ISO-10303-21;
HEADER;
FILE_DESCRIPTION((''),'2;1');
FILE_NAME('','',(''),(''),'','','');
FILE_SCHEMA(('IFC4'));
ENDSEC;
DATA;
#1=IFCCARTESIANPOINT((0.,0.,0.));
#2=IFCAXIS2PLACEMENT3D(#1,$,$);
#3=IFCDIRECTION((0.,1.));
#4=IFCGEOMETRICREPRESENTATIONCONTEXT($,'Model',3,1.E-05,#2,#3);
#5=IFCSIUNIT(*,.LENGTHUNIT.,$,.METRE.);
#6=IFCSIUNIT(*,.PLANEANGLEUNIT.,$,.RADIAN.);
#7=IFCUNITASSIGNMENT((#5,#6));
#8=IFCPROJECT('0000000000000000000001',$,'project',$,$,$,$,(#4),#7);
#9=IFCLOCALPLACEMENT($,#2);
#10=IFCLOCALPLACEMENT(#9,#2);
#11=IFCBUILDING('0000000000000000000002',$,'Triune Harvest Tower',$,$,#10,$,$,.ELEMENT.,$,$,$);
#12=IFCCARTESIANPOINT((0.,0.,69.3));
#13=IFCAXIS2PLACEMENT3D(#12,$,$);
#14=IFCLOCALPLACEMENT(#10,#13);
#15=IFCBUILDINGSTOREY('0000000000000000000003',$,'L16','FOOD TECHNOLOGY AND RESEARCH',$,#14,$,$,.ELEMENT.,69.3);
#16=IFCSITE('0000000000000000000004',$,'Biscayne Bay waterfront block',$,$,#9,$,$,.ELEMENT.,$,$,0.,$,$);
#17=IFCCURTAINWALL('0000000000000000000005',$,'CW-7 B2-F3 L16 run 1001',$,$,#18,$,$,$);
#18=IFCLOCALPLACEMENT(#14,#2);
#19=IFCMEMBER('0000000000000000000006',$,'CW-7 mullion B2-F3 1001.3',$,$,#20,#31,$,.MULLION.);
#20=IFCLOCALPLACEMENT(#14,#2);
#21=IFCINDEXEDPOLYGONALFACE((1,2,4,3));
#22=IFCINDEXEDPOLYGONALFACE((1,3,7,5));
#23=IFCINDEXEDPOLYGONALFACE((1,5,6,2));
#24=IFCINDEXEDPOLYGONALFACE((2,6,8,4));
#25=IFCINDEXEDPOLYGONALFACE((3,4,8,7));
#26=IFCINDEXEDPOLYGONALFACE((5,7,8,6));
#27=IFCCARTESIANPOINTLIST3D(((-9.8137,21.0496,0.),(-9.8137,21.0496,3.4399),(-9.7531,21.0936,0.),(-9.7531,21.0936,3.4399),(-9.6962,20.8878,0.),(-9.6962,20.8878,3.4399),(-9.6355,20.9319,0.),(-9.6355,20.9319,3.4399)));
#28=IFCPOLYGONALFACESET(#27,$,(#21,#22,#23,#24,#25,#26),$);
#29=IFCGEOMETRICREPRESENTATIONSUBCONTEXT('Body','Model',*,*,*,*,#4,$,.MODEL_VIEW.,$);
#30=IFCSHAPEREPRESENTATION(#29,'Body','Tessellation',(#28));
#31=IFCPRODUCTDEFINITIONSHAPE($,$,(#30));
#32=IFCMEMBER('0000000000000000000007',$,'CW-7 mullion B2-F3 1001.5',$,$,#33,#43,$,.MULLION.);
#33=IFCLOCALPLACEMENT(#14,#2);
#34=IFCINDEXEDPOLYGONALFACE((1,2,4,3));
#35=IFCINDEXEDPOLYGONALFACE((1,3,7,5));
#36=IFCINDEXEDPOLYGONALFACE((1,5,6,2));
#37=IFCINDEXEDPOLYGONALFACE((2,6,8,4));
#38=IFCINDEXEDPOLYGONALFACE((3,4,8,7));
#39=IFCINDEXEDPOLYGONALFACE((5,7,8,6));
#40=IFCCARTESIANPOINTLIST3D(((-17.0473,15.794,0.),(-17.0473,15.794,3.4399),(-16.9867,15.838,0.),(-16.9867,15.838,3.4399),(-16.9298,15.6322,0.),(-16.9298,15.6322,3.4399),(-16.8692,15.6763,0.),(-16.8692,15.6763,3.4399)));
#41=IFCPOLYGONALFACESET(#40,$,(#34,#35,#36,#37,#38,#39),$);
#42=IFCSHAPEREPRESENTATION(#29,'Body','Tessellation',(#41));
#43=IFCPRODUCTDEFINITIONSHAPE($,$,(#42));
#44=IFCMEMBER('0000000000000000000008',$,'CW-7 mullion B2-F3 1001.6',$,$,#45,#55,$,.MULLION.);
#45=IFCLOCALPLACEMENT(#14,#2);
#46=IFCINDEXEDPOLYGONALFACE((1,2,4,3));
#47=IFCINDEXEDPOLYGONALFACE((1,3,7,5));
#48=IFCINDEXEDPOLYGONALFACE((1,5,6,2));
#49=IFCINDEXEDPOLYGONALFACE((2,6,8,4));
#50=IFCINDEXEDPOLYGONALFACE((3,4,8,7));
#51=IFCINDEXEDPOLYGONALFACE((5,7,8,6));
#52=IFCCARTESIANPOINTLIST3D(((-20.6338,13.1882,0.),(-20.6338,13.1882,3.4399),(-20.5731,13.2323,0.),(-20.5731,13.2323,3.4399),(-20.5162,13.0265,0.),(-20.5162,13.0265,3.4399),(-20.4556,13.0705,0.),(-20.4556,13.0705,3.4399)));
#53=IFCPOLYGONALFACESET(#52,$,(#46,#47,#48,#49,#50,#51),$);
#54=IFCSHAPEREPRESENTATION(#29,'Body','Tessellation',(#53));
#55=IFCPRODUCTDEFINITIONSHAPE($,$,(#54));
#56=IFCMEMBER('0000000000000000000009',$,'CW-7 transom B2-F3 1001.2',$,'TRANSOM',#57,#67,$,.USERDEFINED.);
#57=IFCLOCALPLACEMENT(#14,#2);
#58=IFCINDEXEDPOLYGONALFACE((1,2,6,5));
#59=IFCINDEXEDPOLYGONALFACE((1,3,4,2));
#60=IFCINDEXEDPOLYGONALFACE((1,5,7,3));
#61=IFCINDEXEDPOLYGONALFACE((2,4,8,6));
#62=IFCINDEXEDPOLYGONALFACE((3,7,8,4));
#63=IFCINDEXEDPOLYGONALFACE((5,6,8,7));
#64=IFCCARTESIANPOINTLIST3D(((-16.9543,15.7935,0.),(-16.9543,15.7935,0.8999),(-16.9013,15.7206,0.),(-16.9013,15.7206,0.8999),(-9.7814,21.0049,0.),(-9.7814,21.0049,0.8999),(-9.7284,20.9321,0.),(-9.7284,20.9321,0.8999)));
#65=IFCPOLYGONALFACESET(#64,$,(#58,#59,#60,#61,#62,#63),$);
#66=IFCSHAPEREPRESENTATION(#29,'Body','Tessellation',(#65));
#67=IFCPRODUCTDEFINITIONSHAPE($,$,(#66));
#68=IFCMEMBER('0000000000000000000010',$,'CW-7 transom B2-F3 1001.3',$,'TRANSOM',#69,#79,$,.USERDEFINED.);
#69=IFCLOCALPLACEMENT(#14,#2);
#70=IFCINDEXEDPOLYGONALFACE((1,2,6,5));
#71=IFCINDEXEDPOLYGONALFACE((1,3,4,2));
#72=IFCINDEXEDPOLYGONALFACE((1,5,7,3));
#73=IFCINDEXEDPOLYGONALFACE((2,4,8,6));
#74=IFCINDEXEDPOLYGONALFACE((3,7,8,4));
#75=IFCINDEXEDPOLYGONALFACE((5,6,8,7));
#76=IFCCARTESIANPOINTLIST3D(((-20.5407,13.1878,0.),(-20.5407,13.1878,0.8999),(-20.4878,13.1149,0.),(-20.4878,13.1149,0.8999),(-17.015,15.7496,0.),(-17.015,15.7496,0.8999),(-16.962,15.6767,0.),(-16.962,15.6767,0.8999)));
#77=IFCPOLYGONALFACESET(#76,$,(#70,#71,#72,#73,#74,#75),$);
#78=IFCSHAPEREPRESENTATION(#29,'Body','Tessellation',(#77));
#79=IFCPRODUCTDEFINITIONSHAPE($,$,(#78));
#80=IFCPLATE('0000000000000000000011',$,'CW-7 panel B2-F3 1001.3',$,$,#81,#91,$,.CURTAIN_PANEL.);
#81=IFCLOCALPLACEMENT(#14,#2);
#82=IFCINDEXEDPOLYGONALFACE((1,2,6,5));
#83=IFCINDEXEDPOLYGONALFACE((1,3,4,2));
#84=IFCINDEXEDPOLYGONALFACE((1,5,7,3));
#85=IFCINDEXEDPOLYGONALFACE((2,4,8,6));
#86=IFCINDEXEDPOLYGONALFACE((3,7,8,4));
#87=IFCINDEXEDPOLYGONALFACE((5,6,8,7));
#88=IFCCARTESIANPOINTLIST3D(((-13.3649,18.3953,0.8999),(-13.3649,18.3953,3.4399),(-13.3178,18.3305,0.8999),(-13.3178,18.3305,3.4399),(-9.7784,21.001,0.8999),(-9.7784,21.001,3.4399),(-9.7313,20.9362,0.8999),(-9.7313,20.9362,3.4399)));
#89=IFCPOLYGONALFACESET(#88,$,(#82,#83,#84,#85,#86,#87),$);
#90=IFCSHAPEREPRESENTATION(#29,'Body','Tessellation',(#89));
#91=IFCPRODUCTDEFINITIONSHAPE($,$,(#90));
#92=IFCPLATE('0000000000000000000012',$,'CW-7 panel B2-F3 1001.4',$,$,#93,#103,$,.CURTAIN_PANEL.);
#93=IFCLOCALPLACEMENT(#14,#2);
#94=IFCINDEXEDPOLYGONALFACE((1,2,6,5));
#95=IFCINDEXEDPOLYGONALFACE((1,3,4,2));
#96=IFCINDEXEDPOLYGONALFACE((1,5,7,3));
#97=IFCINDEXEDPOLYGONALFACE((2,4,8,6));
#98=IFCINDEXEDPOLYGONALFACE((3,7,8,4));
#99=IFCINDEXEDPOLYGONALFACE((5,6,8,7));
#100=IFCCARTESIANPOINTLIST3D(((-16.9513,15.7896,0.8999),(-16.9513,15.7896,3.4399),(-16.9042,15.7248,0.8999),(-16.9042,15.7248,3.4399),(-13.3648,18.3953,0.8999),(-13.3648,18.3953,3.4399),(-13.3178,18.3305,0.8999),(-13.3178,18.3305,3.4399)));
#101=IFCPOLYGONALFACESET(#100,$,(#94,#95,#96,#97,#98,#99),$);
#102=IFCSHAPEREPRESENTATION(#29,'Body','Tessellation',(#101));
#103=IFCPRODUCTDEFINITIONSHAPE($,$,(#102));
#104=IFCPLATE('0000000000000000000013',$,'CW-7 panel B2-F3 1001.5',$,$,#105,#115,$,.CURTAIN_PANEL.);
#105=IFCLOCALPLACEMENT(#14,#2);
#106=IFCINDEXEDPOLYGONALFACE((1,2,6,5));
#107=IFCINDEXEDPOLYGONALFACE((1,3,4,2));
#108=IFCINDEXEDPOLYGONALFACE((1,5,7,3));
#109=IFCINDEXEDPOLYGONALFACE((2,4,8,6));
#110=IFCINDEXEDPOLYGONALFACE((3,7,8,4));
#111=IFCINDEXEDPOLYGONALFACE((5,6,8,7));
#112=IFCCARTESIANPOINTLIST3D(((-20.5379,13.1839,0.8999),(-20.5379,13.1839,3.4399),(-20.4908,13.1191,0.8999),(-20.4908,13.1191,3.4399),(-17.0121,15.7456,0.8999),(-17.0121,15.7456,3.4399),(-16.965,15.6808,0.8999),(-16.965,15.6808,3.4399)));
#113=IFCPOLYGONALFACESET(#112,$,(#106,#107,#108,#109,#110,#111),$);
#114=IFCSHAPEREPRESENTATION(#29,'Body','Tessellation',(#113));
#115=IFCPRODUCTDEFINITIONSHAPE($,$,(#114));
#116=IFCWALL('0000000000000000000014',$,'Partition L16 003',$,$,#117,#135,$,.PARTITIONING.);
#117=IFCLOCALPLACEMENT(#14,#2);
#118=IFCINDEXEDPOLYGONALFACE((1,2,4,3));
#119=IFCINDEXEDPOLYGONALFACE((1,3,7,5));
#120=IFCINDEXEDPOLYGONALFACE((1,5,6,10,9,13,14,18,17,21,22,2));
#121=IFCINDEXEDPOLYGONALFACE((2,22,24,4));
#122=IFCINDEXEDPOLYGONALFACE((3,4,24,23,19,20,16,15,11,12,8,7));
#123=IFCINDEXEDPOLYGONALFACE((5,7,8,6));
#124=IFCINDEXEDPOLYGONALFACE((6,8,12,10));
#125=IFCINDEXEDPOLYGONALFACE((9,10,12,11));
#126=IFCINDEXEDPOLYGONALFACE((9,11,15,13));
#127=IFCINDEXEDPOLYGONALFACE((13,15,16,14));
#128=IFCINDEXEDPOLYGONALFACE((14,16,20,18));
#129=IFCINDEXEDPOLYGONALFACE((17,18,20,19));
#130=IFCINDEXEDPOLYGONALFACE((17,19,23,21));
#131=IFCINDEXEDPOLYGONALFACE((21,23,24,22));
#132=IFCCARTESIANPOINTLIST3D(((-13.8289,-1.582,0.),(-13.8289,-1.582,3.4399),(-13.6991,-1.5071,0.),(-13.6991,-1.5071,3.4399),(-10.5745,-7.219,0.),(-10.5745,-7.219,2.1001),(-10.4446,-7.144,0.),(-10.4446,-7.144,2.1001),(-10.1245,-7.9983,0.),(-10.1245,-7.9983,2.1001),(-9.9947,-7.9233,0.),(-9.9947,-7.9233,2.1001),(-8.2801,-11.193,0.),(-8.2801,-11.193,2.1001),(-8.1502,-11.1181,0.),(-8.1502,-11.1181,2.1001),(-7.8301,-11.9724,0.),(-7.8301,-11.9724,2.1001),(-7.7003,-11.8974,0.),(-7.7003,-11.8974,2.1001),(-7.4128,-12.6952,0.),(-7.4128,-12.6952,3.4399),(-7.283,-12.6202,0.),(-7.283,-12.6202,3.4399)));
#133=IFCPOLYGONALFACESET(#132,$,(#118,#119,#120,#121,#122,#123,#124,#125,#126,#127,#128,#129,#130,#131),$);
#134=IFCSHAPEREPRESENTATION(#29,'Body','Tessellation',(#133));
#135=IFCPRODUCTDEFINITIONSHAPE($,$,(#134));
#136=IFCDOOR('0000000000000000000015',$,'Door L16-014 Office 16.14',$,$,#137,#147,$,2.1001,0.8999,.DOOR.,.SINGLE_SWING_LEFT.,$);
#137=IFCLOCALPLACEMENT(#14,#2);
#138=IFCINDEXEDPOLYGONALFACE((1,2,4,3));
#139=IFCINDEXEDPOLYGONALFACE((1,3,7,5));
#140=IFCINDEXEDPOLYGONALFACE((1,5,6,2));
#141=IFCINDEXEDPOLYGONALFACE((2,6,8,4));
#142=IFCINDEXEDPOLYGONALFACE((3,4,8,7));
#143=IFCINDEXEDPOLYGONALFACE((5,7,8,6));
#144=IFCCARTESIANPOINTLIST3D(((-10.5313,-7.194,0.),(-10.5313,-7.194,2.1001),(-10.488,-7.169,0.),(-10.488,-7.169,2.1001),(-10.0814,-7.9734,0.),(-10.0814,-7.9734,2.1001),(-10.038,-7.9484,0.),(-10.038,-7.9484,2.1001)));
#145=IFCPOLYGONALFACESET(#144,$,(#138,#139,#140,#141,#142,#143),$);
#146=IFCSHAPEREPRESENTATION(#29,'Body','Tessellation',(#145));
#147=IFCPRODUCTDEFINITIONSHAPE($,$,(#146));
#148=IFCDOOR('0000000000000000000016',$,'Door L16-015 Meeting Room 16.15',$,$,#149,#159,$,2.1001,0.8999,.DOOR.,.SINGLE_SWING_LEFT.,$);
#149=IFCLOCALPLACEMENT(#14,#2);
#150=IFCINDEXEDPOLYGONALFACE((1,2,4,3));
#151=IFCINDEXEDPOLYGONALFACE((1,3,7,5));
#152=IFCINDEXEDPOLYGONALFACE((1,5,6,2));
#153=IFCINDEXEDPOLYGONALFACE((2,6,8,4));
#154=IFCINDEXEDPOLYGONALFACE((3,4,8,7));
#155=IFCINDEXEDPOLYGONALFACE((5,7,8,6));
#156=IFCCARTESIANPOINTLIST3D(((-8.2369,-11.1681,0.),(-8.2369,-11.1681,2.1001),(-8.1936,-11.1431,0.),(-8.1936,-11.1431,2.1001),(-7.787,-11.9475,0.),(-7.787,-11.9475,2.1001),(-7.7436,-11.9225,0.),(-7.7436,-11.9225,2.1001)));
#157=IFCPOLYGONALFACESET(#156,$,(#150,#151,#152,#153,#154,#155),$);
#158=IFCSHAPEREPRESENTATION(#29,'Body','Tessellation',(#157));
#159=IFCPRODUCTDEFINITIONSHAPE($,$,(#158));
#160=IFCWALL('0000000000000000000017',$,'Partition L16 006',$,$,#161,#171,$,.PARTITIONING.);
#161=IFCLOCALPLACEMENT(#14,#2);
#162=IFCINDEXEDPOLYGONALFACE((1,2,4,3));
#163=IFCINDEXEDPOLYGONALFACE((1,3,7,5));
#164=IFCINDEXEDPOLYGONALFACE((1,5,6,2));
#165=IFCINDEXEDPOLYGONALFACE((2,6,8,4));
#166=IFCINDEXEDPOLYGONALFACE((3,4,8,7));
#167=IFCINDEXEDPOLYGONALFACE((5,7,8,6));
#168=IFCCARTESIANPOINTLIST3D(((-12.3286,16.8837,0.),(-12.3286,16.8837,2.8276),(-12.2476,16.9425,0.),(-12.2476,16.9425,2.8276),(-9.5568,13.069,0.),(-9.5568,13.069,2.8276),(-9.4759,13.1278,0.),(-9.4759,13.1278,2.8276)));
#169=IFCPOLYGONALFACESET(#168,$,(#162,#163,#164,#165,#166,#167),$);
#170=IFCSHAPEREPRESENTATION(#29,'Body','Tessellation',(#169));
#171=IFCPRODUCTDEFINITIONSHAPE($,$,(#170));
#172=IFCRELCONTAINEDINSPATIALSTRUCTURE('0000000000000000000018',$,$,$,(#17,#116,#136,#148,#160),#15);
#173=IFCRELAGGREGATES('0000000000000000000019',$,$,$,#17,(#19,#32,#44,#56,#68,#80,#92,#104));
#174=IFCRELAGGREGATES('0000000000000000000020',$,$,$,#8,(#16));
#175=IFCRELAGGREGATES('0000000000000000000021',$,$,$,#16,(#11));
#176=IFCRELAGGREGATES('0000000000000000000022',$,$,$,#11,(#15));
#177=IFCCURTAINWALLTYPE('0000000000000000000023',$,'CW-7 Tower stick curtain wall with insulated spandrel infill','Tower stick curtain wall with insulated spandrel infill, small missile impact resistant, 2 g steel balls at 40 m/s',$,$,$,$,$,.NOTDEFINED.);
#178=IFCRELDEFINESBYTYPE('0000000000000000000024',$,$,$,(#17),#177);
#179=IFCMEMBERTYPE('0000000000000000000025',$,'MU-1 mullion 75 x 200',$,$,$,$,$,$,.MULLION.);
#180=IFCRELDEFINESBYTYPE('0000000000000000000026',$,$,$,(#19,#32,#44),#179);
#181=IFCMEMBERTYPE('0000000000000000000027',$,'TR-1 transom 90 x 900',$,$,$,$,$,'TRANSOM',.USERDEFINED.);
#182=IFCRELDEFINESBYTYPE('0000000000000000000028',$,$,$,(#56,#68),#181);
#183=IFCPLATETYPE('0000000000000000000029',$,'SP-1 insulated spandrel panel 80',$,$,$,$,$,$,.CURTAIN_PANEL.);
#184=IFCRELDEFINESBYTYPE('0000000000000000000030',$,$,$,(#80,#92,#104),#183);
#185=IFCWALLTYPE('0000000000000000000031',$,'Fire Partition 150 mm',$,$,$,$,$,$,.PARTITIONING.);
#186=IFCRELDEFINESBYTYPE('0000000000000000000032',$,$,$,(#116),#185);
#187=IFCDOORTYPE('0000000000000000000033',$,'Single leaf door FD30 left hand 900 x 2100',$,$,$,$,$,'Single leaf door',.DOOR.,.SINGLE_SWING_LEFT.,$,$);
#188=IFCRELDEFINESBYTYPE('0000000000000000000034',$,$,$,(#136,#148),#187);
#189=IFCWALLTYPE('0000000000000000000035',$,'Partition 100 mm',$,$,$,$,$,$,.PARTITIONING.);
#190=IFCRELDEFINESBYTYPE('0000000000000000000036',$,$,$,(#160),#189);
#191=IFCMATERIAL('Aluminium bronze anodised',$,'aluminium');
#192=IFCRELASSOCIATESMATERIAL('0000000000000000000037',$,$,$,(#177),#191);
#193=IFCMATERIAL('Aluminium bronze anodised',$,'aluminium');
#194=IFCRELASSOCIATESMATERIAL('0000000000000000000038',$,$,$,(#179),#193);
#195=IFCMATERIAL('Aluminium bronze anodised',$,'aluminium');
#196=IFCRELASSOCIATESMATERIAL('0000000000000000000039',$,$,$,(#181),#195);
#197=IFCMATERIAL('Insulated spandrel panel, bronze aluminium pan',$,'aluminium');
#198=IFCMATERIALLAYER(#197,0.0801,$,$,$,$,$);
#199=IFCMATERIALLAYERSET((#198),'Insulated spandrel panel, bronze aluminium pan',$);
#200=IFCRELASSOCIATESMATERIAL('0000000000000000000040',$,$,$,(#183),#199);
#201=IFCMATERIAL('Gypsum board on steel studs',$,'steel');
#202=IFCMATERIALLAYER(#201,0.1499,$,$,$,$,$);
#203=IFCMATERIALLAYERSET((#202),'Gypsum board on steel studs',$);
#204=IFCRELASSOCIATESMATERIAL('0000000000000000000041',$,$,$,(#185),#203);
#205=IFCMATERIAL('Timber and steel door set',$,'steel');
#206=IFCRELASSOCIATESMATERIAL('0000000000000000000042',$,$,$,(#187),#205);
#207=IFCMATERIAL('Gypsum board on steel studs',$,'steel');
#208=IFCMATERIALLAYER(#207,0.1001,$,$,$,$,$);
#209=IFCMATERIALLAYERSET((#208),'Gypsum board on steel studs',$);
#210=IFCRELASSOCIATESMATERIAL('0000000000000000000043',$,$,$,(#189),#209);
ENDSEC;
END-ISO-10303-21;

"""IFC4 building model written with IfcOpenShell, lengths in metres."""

from ifc_helpers import new_model, si_unit, direction, frame, frame_2d, origin, origin_2d, place, context, subcontext, project, spatial, rectangle, extrude, source, transform, mapped, material, layer, layer_set, material_profile, profile_set, type_object, element, fill, aggregate, save


model = new_model("IFC4")

# Units and contexts
model_context = context("Model", 3, precision=1e-05, world=origin(), true_north=direction((0.0, 1.0)))
body_context = subcontext(model_context, "Body", "Model", "MODEL_VIEW")
ifc_project = project(units=[si_unit("LENGTHUNIT", "METRE"), si_unit("PLANEANGLEUNIT", "RADIAN")], contexts=[model_context])

# Site, building, storey
site_placement = place(None, origin())
site = spatial("IfcSite", under=ifc_project, at=site_placement, Name="Biscayne Bay waterfront block", CompositionType="ELEMENT", RefElevation=0.0)
building_placement = place(site_placement, origin())
building = spatial("IfcBuilding", under=site, at=building_placement, Name="Triune Harvest Tower", CompositionType="ELEMENT")
storey_placement = place(building_placement, frame((0.0, 0.0, 69.3)))
storey = spatial("IfcBuildingStorey", under=building, at=storey_placement, Name="L16", Description="FOOD TECHNOLOGY AND RESEARCH", CompositionType="ELEMENT", Elevation=69.3)

# Curtain wall, members, plates
ifc_material_1 = material(Name="Aluminium bronze anodised", Category="aluminium")
curtain_wall_type = type_object("IfcCurtainWallType", Name="CW-7 Tower stick curtain wall with insulated spandrel infill", Description="Tower stick curtain wall with insulated spandrel infill, small missile impact resistant, 2 g steel balls at 40 m/s", PredefinedType="NOTDEFINED", material=ifc_material_1)
curtain_wall_placement = place(storey_placement, origin())
curtain_wall = element("IfcCurtainWall", 1, at=curtain_wall_placement, inside=storey, type_object=curtain_wall_type, Name="CW-7 B2-F3 L16 run 1001")
ifc_material_2 = material(Name="Aluminium bronze anodised", Category="aluminium")
ifc_material_profile_1 = material_profile(ifc_material_2, rectangle(XDim=0.2, YDim=0.075, at=origin_2d()), Name="MU-1 mullion 75 x 200")
ifc_profile_set_1 = profile_set([ifc_material_profile_1], Name="Aluminium bronze anodised")
member_type_1 = type_object("IfcMemberType", Name="MU-1 mullion 75 x 200", PredefinedType="MULLION", material=ifc_profile_set_1)
shared_shape_1 = source(origin(), body_context, "Body", "SweptSolid", [
    extrude(rectangle(XDim=0.2, YDim=0.075, at=origin_2d()), origin(), (0.0, 0.0, 1.0), 3.4399),
])
member_1_placement = place(storey_placement, frame((-9.7246, 20.9907, 0.0), z_axis=(0.0, 0.0, 1.0), x_axis=(0.587787, -0.809016, 0.0)))
member_1 = element("IfcMember", 2, at=member_1_placement, type_object=member_type_1, Name="CW-7 mullion B2-F3 1001.3", PredefinedType="MULLION", context=body_context, shape_type="MappedRepresentation", body=[
    mapped(shared_shape_1, transform((0.0, 0.0, 0.0), scale=1.0)),
])
member_2_placement = place(storey_placement, frame((-16.9583, 15.7351, 0.0), z_axis=(0.0, 0.0, 1.0), x_axis=(0.587787, -0.809016, 0.0)))
member_2 = element("IfcMember", 3, at=member_2_placement, type_object=member_type_1, Name="CW-7 mullion B2-F3 1001.5", PredefinedType="MULLION", context=body_context, shape_type="MappedRepresentation", body=[
    mapped(shared_shape_1, transform((0.0, 0.0, 0.0), scale=1.0)),
])
member_3_placement = place(storey_placement, frame((-20.5447, 13.1294, 0.0), z_axis=(0.0, 0.0, 1.0), x_axis=(0.587787, -0.809016, 0.0)))
member_3 = element("IfcMember", 4, at=member_3_placement, type_object=member_type_1, Name="CW-7 mullion B2-F3 1001.6", PredefinedType="MULLION", context=body_context, shape_type="MappedRepresentation", body=[
    mapped(shared_shape_1, transform((0.0, 0.0, 0.0), scale=1.0)),
])
ifc_material_3 = material(Name="Aluminium bronze anodised", Category="aluminium")
ifc_material_profile_2 = material_profile(ifc_material_3, rectangle(XDim=0.0901, YDim=0.8999, at=origin_2d()), Name="TR-1 transom 90 x 900")
ifc_profile_set_2 = profile_set([ifc_material_profile_2], Name="Aluminium bronze anodised")
member_type_2 = type_object("IfcMemberType", Name="TR-1 transom 90 x 900", ElementType="TRANSOM", PredefinedType="USERDEFINED", material=ifc_profile_set_2)
shared_shape_2 = source(origin(), body_context, "Body", "SweptSolid", [
    extrude(rectangle(XDim=0.0901, YDim=0.8999, at=origin_2d()), origin(), (0.0, 0.0, 1.0), 8.8662),
])
member_4_placement = place(storey_placement, frame((-9.7549, 20.9685, 0.45), z_axis=(-0.809015, -0.587789, 0.0), x_axis=(0.587789, -0.809015, 0.0)))
member_4 = element("IfcMember", 5, at=member_4_placement, type_object=member_type_2, Name="CW-7 transom B2-F3 1001.2", ObjectType="TRANSOM", PredefinedType="USERDEFINED", context=body_context, shape_type="MappedRepresentation", body=[
    mapped(shared_shape_2, transform((0.0, 0.0, 0.0), scale=1.0)),
])
shared_shape_3 = source(origin(), body_context, "Body", "SweptSolid", [
    extrude(rectangle(XDim=0.0901, YDim=0.8999, at=origin_2d()), origin(), (0.0, 0.0, 1.0), 4.3582),
])
member_5_placement = place(storey_placement, frame((-16.9885, 15.7131, 0.45), z_axis=(-0.80899, -0.587822, 0.0), x_axis=(0.587822, -0.80899, 0.0)))
member_5 = element("IfcMember", 6, at=member_5_placement, type_object=member_type_2, Name="CW-7 transom B2-F3 1001.3", ObjectType="TRANSOM", PredefinedType="USERDEFINED", context=body_context, shape_type="MappedRepresentation", body=[
    mapped(shared_shape_3, transform((0.0, 0.0, 0.0), scale=1.0)),
])
ifc_material_4 = material(Name="Insulated spandrel panel, bronze aluminium pan", Category="aluminium")
ifc_layer_1 = layer(ifc_material_4, 0.0801)
ifc_layer_set_1 = layer_set([ifc_layer_1], Name="Insulated spandrel panel, bronze aluminium pan")
plate_type = type_object("IfcPlateType", Name="SP-1 insulated spandrel panel 80", PredefinedType="CURTAIN_PANEL", material=ifc_layer_set_1)
shared_shape_4 = source(origin(), body_context, "Body", "SweptSolid", [
    extrude(rectangle(XDim=4.4331, YDim=0.0801, at=origin_2d()), origin(), (0.0, 0.0, 1.0), 2.54),
])
plate_1_placement = place(storey_placement, frame((-11.5481, 19.6658, 0.8999), z_axis=(0.0, 0.0, 1.0), x_axis=(-0.809016, -0.587787, 0.0)))
plate_1 = element("IfcPlate", 7, at=plate_1_placement, type_object=plate_type, Name="CW-7 panel B2-F3 1001.3", PredefinedType="CURTAIN_PANEL", context=body_context, shape_type="MappedRepresentation", body=[
    mapped(shared_shape_4, transform((0.0, 0.0, 0.0), scale=1.0)),
])
plate_2_placement = place(storey_placement, frame((-15.1345, 17.0601, 0.8999), z_axis=(0.0, 0.0, 1.0), x_axis=(-0.809016, -0.587787, 0.0)))
plate_2 = element("IfcPlate", 8, at=plate_2_placement, type_object=plate_type, Name="CW-7 panel B2-F3 1001.4", PredefinedType="CURTAIN_PANEL", context=body_context, shape_type="MappedRepresentation", body=[
    mapped(shared_shape_4, transform((0.0, 0.0, 0.0), scale=1.0)),
])
shared_shape_5 = source(origin(), body_context, "Body", "SweptSolid", [
    extrude(rectangle(XDim=4.3582, YDim=0.0801, at=origin_2d()), origin(), (0.0, 0.0, 1.0), 2.54),
])
plate_3_placement = place(storey_placement, frame((-18.7515, 14.4324, 0.8999), z_axis=(0.0, 0.0, 1.0), x_axis=(-0.809016, -0.587787, 0.0)))
plate_3 = element("IfcPlate", 9, at=plate_3_placement, type_object=plate_type, Name="CW-7 panel B2-F3 1001.5", PredefinedType="CURTAIN_PANEL", context=body_context, shape_type="MappedRepresentation", body=[
    mapped(shared_shape_5, transform((0.0, 0.0, 0.0), scale=1.0)),
])
aggregate(curtain_wall, [member_1, member_2, member_3, member_4, member_5, plate_1, plate_2, plate_3])

# Wall, openings, doors
ifc_material_5 = material(Name="Gypsum board on steel studs", Category="steel")
ifc_layer_2 = layer(ifc_material_5, 0.1499)
ifc_layer_set_2 = layer_set([ifc_layer_2], Name="Gypsum board on steel studs")
wall_type_1 = type_object("IfcWallType", Name="Fire Partition 150 mm", PredefinedType="PARTITIONING", material=ifc_layer_set_2)
wall_1_placement = place(storey_placement, frame((-13.7639, -1.5447, 0.0), z_axis=(0.0, 0.0, 1.0), x_axis=(0.499994, -0.866029, 0.0)))
wall_1 = element("IfcWall", 10, at=wall_1_placement, inside=storey, type_object=wall_type_1, Name="Partition L16 003", PredefinedType="PARTITIONING", context=body_context, shape_type="SweptSolid", body=[
    extrude(rectangle(XDim=12.8323, YDim=0.1499, at=frame_2d((6.416, 0.0))), origin(), (0.0, 0.0, 1.0), 3.4399),
])
opening_1_placement = place(wall_1_placement, frame((6.5088, 0.0, 0.0)))
opening_1 = element("IfcOpeningElement", 11, at=opening_1_placement, cuts=wall_1, PredefinedType="OPENING", context=body_context, shape_type="SweptSolid", body=[
    extrude(rectangle(XDim=0.8999, YDim=2.1001, at=frame_2d((0.45, 1.05))), frame((0.0, 0.085, 0.0), z_axis=(0.0, -1.0, 0.0), x_axis=(1.0, 0.0, 0.0)), (0.0, 0.0, 1.0), 0.1699),
])
opening_2_placement = place(wall_1_placement, frame((11.0977, 0.0, 0.0)))
opening_2 = element("IfcOpeningElement", 12, at=opening_2_placement, cuts=wall_1, PredefinedType="OPENING", context=body_context, shape_type="SweptSolid", body=[
    extrude(rectangle(XDim=0.8999, YDim=2.1001, at=frame_2d((0.45, 1.05))), frame((0.0, 0.085, 0.0), z_axis=(0.0, -1.0, 0.0), x_axis=(1.0, 0.0, 0.0)), (0.0, 0.0, 1.0), 0.1699),
])
ifc_material_6 = material(Name="Timber and steel door set", Category="steel")
door_type_1 = type_object("IfcDoorType", Name="Single leaf door FD30 left hand 900 x 2100", ElementType="Single leaf door", OperationType="SINGLE_SWING_LEFT", PredefinedType="DOOR", material=ifc_material_6)
door_1_placement = place(opening_1_placement, origin())
door_1 = element("IfcDoor", 13, at=door_1_placement, inside=storey, type_object=door_type_1, Name="Door L16-014 Office 16.14", OperationType="SINGLE_SWING_LEFT", OverallHeight=2.1001, OverallWidth=0.8999, PredefinedType="DOOR", context=body_context, shape_type="SweptSolid", body=[
    extrude(rectangle(XDim=0.8999, YDim=2.1001, at=frame_2d((0.45, 1.05))), frame((0.0, 0.0249, 0.0), z_axis=(0.0, -1.0, 0.0), x_axis=(1.0, 0.0, 0.0)), (0.0, 0.0, 1.0), 0.05),
])
fill(opening_1, door_1)
door_2_placement = place(opening_2_placement, origin())
door_2 = element("IfcDoor", 14, at=door_2_placement, inside=storey, type_object=door_type_1, Name="Door L16-015 Meeting Room 16.15", OperationType="SINGLE_SWING_LEFT", OverallHeight=2.1001, OverallWidth=0.8999, PredefinedType="DOOR", context=body_context, shape_type="SweptSolid", body=[
    extrude(rectangle(XDim=0.8999, YDim=2.1001, at=frame_2d((0.45, 1.05))), frame((0.0, 0.0249, 0.0), z_axis=(0.0, -1.0, 0.0), x_axis=(1.0, 0.0, 0.0)), (0.0, 0.0, 1.0), 0.05),
])
fill(opening_2, door_2)

# Wall
ifc_material_7 = material(Name="Gypsum board on steel studs", Category="steel")
ifc_layer_3 = layer(ifc_material_7, 0.1001)
ifc_layer_set_3 = layer_set([ifc_layer_3], Name="Gypsum board on steel studs")
wall_type_2 = type_object("IfcWallType", Name="Partition 100 mm", PredefinedType="PARTITIONING", material=ifc_layer_set_3)
wall_2_placement = place(storey_placement, frame((-12.2881, 16.9131, 0.0), z_axis=(0.0, 0.0, 1.0), x_axis=(0.587811, -0.808998, 0.0)))
element("IfcWall", 15, at=wall_2_placement, inside=storey, type_object=wall_type_2, Name="Partition L16 006", PredefinedType="PARTITIONING", context=body_context, shape_type="SweptSolid", body=[
    extrude(rectangle(XDim=4.7153, YDim=0.1001, at=frame_2d((2.3577, 0.0))), origin(), (0.0, 0.0, 1.0), 2.8276),
])

save(model, "model.ifc")
